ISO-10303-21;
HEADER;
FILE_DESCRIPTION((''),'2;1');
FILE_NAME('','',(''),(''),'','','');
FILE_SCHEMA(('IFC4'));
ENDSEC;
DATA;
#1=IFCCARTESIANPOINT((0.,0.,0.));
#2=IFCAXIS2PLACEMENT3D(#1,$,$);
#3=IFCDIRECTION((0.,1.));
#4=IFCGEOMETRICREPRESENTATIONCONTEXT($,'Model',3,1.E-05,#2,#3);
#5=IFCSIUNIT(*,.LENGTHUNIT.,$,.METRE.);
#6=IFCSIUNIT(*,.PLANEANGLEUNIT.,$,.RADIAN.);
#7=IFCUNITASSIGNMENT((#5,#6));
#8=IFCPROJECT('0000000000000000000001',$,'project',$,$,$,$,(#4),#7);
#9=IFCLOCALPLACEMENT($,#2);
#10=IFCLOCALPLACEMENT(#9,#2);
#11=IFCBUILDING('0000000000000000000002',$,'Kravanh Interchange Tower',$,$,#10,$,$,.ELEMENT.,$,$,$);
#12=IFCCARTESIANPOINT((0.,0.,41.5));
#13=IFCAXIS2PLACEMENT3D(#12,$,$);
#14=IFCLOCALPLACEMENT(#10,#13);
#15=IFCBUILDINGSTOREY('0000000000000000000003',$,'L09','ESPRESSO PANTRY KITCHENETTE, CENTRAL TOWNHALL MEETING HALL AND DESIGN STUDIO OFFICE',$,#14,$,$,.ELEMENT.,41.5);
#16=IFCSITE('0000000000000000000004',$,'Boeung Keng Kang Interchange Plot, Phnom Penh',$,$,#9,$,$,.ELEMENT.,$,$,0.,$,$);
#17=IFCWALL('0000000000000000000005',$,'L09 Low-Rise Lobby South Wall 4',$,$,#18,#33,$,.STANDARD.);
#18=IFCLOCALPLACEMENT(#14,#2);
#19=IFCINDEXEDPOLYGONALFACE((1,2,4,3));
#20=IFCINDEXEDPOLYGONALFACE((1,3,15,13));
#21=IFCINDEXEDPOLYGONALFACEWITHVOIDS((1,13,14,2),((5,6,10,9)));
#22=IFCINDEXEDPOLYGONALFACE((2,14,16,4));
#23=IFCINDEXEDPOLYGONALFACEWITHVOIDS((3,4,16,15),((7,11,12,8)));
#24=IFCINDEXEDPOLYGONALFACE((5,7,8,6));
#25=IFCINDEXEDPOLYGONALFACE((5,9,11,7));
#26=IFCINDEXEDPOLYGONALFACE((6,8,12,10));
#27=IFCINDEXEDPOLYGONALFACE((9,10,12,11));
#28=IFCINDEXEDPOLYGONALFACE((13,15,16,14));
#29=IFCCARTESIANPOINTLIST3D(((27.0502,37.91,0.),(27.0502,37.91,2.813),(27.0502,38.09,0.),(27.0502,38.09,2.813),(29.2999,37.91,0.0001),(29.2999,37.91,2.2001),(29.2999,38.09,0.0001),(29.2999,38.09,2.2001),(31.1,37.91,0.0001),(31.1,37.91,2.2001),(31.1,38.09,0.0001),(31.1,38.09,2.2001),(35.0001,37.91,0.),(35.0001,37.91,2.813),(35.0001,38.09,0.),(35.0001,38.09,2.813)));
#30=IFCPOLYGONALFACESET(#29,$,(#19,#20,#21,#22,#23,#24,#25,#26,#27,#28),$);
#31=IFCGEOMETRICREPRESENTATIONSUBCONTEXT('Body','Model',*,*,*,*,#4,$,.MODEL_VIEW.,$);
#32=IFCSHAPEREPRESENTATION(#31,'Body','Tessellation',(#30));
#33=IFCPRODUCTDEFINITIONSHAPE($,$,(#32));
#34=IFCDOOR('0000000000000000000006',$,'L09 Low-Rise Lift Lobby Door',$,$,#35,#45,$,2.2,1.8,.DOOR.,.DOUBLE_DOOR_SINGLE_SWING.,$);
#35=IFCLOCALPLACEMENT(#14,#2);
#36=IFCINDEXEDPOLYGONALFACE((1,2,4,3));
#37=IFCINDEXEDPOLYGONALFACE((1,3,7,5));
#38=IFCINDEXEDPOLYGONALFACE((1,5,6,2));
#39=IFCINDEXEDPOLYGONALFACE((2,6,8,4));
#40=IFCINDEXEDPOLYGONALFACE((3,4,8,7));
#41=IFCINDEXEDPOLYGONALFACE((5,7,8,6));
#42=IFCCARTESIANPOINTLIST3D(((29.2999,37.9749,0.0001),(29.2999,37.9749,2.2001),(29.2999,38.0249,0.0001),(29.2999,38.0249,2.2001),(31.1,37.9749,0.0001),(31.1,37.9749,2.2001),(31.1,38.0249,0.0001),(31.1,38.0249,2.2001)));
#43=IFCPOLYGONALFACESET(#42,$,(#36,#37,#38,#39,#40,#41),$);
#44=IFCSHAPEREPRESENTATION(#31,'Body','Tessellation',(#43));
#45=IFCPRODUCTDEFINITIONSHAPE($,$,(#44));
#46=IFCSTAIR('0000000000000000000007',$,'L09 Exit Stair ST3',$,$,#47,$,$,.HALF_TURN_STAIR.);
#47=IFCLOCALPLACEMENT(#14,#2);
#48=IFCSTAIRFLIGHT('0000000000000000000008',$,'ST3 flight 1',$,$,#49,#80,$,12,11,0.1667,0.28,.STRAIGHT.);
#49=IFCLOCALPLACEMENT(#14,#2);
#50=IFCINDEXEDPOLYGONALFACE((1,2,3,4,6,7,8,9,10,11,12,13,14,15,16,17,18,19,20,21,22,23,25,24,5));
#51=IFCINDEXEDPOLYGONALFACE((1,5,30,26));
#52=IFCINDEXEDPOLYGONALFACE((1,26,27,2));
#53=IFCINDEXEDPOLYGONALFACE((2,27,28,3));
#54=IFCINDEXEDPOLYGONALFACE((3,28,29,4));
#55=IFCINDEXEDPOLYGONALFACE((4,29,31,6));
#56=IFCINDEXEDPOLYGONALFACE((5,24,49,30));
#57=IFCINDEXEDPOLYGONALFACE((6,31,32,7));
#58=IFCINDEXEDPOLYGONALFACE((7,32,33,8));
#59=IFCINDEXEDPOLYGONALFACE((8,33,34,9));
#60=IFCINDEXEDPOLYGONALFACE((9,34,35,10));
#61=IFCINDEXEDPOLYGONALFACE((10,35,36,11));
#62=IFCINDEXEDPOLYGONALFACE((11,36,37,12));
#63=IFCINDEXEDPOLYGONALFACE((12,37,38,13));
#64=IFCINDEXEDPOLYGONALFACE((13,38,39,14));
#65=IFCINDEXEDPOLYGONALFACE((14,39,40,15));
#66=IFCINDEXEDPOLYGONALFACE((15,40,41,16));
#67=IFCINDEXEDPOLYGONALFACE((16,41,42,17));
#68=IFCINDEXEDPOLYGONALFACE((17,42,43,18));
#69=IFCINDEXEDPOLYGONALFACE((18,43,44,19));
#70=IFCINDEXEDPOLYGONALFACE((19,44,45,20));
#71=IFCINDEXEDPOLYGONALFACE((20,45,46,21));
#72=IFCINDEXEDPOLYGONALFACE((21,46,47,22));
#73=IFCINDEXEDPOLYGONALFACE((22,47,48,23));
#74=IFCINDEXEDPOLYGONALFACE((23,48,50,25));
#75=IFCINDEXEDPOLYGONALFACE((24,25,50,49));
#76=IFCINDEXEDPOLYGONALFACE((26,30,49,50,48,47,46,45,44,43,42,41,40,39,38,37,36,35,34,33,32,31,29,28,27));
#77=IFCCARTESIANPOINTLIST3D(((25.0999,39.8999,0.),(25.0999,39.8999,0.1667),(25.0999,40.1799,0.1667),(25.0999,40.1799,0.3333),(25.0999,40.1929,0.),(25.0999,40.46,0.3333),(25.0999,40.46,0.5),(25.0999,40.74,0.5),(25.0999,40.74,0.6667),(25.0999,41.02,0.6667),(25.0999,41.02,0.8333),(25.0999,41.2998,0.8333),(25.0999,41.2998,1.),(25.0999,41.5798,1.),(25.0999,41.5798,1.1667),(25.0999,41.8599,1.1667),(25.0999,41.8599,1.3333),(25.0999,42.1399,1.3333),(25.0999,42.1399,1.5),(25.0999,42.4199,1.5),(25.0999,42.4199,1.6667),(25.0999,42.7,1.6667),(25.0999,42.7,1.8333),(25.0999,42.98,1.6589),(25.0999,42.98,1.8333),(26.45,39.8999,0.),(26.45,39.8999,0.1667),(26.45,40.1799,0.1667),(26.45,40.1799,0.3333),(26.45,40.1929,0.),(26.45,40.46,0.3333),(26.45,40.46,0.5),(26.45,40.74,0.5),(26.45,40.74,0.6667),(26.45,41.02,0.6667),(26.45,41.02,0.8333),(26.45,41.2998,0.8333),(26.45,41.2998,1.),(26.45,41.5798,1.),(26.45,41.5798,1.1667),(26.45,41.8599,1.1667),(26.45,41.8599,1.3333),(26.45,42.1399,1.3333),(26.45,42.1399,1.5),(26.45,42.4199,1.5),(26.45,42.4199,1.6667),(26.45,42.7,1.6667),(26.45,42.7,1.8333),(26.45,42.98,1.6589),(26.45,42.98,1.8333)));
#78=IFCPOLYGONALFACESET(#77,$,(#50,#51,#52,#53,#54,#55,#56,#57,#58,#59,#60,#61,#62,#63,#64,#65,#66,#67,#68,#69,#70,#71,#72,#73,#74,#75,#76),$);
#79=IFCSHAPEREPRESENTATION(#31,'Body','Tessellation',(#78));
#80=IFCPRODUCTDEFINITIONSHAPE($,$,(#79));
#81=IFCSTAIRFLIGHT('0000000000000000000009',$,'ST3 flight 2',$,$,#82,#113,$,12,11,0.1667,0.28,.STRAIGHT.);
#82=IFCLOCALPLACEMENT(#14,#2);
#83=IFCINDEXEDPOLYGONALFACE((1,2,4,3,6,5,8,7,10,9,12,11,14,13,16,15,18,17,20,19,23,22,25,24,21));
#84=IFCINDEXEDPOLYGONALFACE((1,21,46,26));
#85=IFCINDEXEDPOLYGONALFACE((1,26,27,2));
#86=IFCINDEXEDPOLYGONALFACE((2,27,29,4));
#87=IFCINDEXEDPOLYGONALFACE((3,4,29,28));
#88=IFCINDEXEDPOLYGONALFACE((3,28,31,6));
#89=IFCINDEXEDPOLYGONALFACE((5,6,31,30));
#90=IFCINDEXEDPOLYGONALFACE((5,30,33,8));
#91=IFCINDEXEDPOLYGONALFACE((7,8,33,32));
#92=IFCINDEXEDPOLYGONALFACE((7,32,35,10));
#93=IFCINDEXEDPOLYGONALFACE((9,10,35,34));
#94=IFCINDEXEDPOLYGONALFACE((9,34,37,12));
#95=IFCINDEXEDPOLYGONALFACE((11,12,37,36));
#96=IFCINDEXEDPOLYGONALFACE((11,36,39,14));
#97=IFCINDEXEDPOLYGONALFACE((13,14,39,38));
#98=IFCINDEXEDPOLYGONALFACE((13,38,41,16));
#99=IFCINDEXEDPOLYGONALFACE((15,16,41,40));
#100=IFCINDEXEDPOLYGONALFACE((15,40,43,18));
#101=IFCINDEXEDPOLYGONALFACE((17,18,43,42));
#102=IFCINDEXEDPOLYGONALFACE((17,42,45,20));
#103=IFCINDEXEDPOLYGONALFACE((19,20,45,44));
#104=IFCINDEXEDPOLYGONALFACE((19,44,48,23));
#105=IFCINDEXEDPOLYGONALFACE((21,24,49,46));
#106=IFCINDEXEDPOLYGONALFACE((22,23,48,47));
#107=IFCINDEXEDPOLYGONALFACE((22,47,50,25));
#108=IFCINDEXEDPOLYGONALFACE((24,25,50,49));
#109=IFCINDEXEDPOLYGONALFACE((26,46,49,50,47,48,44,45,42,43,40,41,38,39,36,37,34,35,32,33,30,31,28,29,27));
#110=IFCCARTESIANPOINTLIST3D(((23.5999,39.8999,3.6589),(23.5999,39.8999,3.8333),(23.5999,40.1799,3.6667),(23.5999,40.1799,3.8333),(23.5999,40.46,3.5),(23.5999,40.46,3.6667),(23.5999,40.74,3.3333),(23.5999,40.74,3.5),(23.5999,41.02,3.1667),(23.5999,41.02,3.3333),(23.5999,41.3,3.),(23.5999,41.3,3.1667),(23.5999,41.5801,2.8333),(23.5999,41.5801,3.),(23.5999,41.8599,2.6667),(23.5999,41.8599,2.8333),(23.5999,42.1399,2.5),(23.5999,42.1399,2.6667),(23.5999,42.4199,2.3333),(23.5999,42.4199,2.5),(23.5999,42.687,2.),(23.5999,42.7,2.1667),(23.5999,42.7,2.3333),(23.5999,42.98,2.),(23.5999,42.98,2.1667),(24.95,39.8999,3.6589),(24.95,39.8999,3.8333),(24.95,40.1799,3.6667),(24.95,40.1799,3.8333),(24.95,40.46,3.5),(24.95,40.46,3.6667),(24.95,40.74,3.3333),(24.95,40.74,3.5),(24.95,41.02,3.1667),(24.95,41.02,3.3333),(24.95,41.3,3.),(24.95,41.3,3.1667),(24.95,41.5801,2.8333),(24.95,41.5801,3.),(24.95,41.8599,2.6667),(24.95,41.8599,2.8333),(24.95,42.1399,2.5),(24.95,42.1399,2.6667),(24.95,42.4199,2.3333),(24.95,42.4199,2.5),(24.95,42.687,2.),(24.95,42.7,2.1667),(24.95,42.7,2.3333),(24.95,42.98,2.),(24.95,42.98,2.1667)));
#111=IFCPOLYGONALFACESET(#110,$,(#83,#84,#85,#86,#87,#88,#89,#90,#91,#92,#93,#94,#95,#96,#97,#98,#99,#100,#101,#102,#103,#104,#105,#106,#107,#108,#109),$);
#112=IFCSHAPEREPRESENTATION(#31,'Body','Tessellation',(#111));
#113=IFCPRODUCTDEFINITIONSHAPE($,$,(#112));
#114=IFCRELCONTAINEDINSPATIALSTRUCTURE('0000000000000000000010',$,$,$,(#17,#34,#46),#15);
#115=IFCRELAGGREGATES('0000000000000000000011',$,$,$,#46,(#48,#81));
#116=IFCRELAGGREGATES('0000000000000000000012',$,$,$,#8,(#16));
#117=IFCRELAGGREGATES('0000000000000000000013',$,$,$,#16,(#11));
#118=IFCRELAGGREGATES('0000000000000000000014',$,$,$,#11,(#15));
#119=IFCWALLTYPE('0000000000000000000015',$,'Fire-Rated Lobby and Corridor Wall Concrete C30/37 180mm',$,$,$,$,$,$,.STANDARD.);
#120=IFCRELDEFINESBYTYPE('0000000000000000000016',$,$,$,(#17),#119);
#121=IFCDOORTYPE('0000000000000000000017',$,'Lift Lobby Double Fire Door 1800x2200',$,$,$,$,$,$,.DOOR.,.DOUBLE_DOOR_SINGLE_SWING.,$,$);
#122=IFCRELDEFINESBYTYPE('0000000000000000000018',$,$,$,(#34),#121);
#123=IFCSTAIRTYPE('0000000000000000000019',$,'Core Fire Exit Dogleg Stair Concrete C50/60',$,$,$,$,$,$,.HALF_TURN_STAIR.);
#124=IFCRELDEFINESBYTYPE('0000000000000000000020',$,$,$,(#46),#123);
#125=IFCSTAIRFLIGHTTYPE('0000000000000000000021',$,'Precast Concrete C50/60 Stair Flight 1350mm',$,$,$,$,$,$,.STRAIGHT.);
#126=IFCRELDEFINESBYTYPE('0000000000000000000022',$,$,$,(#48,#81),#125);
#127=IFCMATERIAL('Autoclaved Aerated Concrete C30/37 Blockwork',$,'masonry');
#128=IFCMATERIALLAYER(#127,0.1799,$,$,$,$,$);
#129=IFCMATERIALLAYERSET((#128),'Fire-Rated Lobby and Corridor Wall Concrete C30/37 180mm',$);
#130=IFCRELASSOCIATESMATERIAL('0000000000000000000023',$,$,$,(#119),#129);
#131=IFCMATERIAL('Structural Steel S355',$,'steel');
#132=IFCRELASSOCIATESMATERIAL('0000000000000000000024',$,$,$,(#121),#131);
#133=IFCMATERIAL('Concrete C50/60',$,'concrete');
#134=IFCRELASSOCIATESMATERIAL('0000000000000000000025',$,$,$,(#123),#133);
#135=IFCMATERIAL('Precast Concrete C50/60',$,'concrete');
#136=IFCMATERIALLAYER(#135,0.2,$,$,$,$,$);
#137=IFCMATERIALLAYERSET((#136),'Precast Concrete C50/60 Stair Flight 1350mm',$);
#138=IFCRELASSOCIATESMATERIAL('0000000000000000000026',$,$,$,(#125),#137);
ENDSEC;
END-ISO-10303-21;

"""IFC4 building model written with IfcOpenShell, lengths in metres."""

from ifc_helpers import new_model, si_unit, direction, frame, frame_2d, origin, place, context, subcontext, project, spatial, polyline, rectangle, outline, extrude, material, layer, layer_set, type_object, element, fill, aggregate, save


model = new_model("IFC4")

# Units and contexts
model_context = context("Model", 3, precision=1e-05, world=origin(), true_north=direction((0.0, 1.0)))
body_context = subcontext(model_context, "Body", "Model", "MODEL_VIEW")
ifc_project = project(units=[si_unit("LENGTHUNIT", "METRE"), si_unit("PLANEANGLEUNIT", "RADIAN")], contexts=[model_context])

# Site, building, storey
site_placement = place(None, origin())
site = spatial("IfcSite", under=ifc_project, at=site_placement, Name="Boeung Keng Kang Interchange Plot, Phnom Penh", CompositionType="ELEMENT", RefElevation=0.0)
building_placement = place(site_placement, origin())
building = spatial("IfcBuilding", under=site, at=building_placement, Name="Kravanh Interchange Tower", CompositionType="ELEMENT")
storey_placement = place(building_placement, frame((0.0, 0.0, 41.5)))
storey = spatial("IfcBuildingStorey", under=building, at=storey_placement, Name="L09", Description="ESPRESSO PANTRY KITCHENETTE, CENTRAL TOWNHALL MEETING HALL AND DESIGN STUDIO OFFICE", CompositionType="ELEMENT", Elevation=41.5)

# Wall, opening, door
ifc_material_1 = material(Name="Autoclaved Aerated Concrete C30/37 Blockwork", Category="masonry")
ifc_layer_1 = layer(ifc_material_1, 0.1799)
ifc_layer_set_1 = layer_set([ifc_layer_1], Name="Fire-Rated Lobby and Corridor Wall Concrete C30/37 180mm")
wall_type_1 = type_object("IfcWallType", Name="Fire-Rated Lobby and Corridor Wall Concrete C30/37 180mm", PredefinedType="STANDARD", material=ifc_layer_set_1)
wall_1_placement = place(storey_placement, frame((27.05, 38.0, 0.0), z_axis=(0.0, 0.0, 1.0), x_axis=(1.0, 0.0, 0.0)))
wall_1 = element("IfcWall", 1, at=wall_1_placement, inside=storey, type_object=wall_type_1, Name="L09 Low-Rise Lobby South Wall 4", PredefinedType="STANDARD", context=body_context, shape_type="SweptSolid", body=[
    extrude(rectangle(XDim=7.95, YDim=0.1799, at=frame_2d((3.9751, 0.0))), origin(), (0.0, 0.0, 1.0), 2.813),
])
opening_1_placement = place(wall_1_placement, frame((2.25, 0.0, 0.0)))
opening_1 = element("IfcOpeningElement", 2, at=opening_1_placement, cuts=wall_1, PredefinedType="OPENING", context=body_context, shape_type="SweptSolid", body=[
    extrude(rectangle(XDim=1.8, YDim=2.2, at=frame_2d((0.8999, 1.1001))), frame((0.0, 0.1001, 0.0), z_axis=(0.0, -1.0, 0.0), x_axis=(1.0, 0.0, 0.0)), (0.0, 0.0, 1.0), 0.2),
])
ifc_material_2 = material(Name="Structural Steel S355", Category="steel")
door_type_1 = type_object("IfcDoorType", Name="Lift Lobby Double Fire Door 1800x2200", OperationType="DOUBLE_DOOR_SINGLE_SWING", PredefinedType="DOOR", material=ifc_material_2)
door_1_placement = place(opening_1_placement, origin())
door_1 = element("IfcDoor", 3, at=door_1_placement, inside=storey, type_object=door_type_1, Name="L09 Low-Rise Lift Lobby Door", OperationType="DOUBLE_DOOR_SINGLE_SWING", OverallHeight=2.2, OverallWidth=1.8, PredefinedType="DOOR", context=body_context, shape_type="SweptSolid", body=[
    extrude(rectangle(XDim=1.8, YDim=2.2, at=frame_2d((0.8999, 1.1001))), frame((0.0, 0.0249, 0.0), z_axis=(0.0, -1.0, 0.0), x_axis=(1.0, 0.0, 0.0)), (0.0, 0.0, 1.0), 0.05),
])
fill(opening_1, door_1)

# Stair, stair flights
ifc_material_3 = material(Name="Concrete C50/60", Category="concrete")
stair_type = type_object("IfcStairType", Name="Core Fire Exit Dogleg Stair Concrete C50/60", PredefinedType="HALF_TURN_STAIR", material=ifc_material_3)
stair_placement = place(storey_placement, origin())
stair = element("IfcStair", 4, at=stair_placement, inside=storey, type_object=stair_type, Name="L09 Exit Stair ST3", PredefinedType="HALF_TURN_STAIR")
ifc_material_4 = material(Name="Precast Concrete C50/60", Category="concrete")
ifc_layer_2 = layer(ifc_material_4, 0.2)
ifc_layer_set_2 = layer_set([ifc_layer_2], Name="Precast Concrete C50/60 Stair Flight 1350mm")
stair_flight_type = type_object("IfcStairFlightType", Name="Precast Concrete C50/60 Stair Flight 1350mm", PredefinedType="STRAIGHT", material=ifc_layer_set_2)
stair_flight_1_placement = place(storey_placement, frame((25.7749, 39.8999, 0.0), z_axis=(0.0, 0.0, 1.0), x_axis=(0.0, 1.0, 0.0)))
stair_flight_1 = element("IfcStairFlight", 5, at=stair_flight_1_placement, type_object=stair_flight_type, Name="ST3 flight 1", NumberOfRisers=12, NumberOfTreads=11, PredefinedType="STRAIGHT", RiserHeight=0.1667, TreadLength=0.28, context=body_context, shape_type="SweptSolid", body=[
    extrude(outline(polyline([(0.0, 0.0), (0.0, 0.1667), (0.28, 0.1667), (0.28, 0.3333), (0.5601, 0.3333), (0.5601, 0.5), (0.8401, 0.5), (0.8401, 0.6667), (1.1201, 0.6667), (1.1201, 0.8333), (1.3999, 0.8333), (1.3999, 1.0), (1.6799, 1.0), (1.6799, 1.1667), (1.96, 1.1667), (1.96, 1.3333), (2.24, 1.3333), (2.24, 1.5), (2.52, 1.5), (2.52, 1.6667), (2.8, 1.6667), (2.8, 1.8333), (3.0801, 1.8333), (3.0801, 2.0), (3.0801, 1.6589), (0.293, 0.0), (0.0, 0.0)])), frame((0.0, 0.675, 0.0), z_axis=(0.0, -1.0, 0.0), x_axis=(1.0, 0.0, 0.0)), (0.0, 0.0, 1.0), 1.3501),
])
stair_flight_2_placement = place(storey_placement, frame((24.2749, 42.98, 2.0), z_axis=(0.0, 0.0, 1.0), x_axis=(0.0, -1.0, 0.0)))
stair_flight_2 = element("IfcStairFlight", 6, at=stair_flight_2_placement, type_object=stair_flight_type, Name="ST3 flight 2", NumberOfRisers=12, NumberOfTreads=11, PredefinedType="STRAIGHT", RiserHeight=0.1667, TreadLength=0.28, context=body_context, shape_type="SweptSolid", body=[
    extrude(outline(polyline([(0.0, 0.0), (0.0, 0.1667), (0.28, 0.1667), (0.28, 0.3333), (0.5601, 0.3333), (0.5601, 0.5), (0.8401, 0.5), (0.8401, 0.6667), (1.1201, 0.6667), (1.1201, 0.8333), (1.3999, 0.8333), (1.3999, 1.0), (1.6799, 1.0), (1.6799, 1.1667), (1.96, 1.1667), (1.96, 1.3333), (2.24, 1.3333), (2.24, 1.5), (2.52, 1.5), (2.52, 1.6667), (2.8, 1.6667), (2.8, 1.8333), (3.0801, 1.8333), (3.0801, 2.0), (3.0801, 1.6589), (0.293, 0.0), (0.0, 0.0)])), frame((0.0, 0.675, 0.0), z_axis=(0.0, -1.0, 0.0), x_axis=(1.0, 0.0, 0.0)), (0.0, 0.0, 1.0), 1.3501),
])
aggregate(stair, [stair_flight_1, stair_flight_2])

save(model, "model.ifc")
